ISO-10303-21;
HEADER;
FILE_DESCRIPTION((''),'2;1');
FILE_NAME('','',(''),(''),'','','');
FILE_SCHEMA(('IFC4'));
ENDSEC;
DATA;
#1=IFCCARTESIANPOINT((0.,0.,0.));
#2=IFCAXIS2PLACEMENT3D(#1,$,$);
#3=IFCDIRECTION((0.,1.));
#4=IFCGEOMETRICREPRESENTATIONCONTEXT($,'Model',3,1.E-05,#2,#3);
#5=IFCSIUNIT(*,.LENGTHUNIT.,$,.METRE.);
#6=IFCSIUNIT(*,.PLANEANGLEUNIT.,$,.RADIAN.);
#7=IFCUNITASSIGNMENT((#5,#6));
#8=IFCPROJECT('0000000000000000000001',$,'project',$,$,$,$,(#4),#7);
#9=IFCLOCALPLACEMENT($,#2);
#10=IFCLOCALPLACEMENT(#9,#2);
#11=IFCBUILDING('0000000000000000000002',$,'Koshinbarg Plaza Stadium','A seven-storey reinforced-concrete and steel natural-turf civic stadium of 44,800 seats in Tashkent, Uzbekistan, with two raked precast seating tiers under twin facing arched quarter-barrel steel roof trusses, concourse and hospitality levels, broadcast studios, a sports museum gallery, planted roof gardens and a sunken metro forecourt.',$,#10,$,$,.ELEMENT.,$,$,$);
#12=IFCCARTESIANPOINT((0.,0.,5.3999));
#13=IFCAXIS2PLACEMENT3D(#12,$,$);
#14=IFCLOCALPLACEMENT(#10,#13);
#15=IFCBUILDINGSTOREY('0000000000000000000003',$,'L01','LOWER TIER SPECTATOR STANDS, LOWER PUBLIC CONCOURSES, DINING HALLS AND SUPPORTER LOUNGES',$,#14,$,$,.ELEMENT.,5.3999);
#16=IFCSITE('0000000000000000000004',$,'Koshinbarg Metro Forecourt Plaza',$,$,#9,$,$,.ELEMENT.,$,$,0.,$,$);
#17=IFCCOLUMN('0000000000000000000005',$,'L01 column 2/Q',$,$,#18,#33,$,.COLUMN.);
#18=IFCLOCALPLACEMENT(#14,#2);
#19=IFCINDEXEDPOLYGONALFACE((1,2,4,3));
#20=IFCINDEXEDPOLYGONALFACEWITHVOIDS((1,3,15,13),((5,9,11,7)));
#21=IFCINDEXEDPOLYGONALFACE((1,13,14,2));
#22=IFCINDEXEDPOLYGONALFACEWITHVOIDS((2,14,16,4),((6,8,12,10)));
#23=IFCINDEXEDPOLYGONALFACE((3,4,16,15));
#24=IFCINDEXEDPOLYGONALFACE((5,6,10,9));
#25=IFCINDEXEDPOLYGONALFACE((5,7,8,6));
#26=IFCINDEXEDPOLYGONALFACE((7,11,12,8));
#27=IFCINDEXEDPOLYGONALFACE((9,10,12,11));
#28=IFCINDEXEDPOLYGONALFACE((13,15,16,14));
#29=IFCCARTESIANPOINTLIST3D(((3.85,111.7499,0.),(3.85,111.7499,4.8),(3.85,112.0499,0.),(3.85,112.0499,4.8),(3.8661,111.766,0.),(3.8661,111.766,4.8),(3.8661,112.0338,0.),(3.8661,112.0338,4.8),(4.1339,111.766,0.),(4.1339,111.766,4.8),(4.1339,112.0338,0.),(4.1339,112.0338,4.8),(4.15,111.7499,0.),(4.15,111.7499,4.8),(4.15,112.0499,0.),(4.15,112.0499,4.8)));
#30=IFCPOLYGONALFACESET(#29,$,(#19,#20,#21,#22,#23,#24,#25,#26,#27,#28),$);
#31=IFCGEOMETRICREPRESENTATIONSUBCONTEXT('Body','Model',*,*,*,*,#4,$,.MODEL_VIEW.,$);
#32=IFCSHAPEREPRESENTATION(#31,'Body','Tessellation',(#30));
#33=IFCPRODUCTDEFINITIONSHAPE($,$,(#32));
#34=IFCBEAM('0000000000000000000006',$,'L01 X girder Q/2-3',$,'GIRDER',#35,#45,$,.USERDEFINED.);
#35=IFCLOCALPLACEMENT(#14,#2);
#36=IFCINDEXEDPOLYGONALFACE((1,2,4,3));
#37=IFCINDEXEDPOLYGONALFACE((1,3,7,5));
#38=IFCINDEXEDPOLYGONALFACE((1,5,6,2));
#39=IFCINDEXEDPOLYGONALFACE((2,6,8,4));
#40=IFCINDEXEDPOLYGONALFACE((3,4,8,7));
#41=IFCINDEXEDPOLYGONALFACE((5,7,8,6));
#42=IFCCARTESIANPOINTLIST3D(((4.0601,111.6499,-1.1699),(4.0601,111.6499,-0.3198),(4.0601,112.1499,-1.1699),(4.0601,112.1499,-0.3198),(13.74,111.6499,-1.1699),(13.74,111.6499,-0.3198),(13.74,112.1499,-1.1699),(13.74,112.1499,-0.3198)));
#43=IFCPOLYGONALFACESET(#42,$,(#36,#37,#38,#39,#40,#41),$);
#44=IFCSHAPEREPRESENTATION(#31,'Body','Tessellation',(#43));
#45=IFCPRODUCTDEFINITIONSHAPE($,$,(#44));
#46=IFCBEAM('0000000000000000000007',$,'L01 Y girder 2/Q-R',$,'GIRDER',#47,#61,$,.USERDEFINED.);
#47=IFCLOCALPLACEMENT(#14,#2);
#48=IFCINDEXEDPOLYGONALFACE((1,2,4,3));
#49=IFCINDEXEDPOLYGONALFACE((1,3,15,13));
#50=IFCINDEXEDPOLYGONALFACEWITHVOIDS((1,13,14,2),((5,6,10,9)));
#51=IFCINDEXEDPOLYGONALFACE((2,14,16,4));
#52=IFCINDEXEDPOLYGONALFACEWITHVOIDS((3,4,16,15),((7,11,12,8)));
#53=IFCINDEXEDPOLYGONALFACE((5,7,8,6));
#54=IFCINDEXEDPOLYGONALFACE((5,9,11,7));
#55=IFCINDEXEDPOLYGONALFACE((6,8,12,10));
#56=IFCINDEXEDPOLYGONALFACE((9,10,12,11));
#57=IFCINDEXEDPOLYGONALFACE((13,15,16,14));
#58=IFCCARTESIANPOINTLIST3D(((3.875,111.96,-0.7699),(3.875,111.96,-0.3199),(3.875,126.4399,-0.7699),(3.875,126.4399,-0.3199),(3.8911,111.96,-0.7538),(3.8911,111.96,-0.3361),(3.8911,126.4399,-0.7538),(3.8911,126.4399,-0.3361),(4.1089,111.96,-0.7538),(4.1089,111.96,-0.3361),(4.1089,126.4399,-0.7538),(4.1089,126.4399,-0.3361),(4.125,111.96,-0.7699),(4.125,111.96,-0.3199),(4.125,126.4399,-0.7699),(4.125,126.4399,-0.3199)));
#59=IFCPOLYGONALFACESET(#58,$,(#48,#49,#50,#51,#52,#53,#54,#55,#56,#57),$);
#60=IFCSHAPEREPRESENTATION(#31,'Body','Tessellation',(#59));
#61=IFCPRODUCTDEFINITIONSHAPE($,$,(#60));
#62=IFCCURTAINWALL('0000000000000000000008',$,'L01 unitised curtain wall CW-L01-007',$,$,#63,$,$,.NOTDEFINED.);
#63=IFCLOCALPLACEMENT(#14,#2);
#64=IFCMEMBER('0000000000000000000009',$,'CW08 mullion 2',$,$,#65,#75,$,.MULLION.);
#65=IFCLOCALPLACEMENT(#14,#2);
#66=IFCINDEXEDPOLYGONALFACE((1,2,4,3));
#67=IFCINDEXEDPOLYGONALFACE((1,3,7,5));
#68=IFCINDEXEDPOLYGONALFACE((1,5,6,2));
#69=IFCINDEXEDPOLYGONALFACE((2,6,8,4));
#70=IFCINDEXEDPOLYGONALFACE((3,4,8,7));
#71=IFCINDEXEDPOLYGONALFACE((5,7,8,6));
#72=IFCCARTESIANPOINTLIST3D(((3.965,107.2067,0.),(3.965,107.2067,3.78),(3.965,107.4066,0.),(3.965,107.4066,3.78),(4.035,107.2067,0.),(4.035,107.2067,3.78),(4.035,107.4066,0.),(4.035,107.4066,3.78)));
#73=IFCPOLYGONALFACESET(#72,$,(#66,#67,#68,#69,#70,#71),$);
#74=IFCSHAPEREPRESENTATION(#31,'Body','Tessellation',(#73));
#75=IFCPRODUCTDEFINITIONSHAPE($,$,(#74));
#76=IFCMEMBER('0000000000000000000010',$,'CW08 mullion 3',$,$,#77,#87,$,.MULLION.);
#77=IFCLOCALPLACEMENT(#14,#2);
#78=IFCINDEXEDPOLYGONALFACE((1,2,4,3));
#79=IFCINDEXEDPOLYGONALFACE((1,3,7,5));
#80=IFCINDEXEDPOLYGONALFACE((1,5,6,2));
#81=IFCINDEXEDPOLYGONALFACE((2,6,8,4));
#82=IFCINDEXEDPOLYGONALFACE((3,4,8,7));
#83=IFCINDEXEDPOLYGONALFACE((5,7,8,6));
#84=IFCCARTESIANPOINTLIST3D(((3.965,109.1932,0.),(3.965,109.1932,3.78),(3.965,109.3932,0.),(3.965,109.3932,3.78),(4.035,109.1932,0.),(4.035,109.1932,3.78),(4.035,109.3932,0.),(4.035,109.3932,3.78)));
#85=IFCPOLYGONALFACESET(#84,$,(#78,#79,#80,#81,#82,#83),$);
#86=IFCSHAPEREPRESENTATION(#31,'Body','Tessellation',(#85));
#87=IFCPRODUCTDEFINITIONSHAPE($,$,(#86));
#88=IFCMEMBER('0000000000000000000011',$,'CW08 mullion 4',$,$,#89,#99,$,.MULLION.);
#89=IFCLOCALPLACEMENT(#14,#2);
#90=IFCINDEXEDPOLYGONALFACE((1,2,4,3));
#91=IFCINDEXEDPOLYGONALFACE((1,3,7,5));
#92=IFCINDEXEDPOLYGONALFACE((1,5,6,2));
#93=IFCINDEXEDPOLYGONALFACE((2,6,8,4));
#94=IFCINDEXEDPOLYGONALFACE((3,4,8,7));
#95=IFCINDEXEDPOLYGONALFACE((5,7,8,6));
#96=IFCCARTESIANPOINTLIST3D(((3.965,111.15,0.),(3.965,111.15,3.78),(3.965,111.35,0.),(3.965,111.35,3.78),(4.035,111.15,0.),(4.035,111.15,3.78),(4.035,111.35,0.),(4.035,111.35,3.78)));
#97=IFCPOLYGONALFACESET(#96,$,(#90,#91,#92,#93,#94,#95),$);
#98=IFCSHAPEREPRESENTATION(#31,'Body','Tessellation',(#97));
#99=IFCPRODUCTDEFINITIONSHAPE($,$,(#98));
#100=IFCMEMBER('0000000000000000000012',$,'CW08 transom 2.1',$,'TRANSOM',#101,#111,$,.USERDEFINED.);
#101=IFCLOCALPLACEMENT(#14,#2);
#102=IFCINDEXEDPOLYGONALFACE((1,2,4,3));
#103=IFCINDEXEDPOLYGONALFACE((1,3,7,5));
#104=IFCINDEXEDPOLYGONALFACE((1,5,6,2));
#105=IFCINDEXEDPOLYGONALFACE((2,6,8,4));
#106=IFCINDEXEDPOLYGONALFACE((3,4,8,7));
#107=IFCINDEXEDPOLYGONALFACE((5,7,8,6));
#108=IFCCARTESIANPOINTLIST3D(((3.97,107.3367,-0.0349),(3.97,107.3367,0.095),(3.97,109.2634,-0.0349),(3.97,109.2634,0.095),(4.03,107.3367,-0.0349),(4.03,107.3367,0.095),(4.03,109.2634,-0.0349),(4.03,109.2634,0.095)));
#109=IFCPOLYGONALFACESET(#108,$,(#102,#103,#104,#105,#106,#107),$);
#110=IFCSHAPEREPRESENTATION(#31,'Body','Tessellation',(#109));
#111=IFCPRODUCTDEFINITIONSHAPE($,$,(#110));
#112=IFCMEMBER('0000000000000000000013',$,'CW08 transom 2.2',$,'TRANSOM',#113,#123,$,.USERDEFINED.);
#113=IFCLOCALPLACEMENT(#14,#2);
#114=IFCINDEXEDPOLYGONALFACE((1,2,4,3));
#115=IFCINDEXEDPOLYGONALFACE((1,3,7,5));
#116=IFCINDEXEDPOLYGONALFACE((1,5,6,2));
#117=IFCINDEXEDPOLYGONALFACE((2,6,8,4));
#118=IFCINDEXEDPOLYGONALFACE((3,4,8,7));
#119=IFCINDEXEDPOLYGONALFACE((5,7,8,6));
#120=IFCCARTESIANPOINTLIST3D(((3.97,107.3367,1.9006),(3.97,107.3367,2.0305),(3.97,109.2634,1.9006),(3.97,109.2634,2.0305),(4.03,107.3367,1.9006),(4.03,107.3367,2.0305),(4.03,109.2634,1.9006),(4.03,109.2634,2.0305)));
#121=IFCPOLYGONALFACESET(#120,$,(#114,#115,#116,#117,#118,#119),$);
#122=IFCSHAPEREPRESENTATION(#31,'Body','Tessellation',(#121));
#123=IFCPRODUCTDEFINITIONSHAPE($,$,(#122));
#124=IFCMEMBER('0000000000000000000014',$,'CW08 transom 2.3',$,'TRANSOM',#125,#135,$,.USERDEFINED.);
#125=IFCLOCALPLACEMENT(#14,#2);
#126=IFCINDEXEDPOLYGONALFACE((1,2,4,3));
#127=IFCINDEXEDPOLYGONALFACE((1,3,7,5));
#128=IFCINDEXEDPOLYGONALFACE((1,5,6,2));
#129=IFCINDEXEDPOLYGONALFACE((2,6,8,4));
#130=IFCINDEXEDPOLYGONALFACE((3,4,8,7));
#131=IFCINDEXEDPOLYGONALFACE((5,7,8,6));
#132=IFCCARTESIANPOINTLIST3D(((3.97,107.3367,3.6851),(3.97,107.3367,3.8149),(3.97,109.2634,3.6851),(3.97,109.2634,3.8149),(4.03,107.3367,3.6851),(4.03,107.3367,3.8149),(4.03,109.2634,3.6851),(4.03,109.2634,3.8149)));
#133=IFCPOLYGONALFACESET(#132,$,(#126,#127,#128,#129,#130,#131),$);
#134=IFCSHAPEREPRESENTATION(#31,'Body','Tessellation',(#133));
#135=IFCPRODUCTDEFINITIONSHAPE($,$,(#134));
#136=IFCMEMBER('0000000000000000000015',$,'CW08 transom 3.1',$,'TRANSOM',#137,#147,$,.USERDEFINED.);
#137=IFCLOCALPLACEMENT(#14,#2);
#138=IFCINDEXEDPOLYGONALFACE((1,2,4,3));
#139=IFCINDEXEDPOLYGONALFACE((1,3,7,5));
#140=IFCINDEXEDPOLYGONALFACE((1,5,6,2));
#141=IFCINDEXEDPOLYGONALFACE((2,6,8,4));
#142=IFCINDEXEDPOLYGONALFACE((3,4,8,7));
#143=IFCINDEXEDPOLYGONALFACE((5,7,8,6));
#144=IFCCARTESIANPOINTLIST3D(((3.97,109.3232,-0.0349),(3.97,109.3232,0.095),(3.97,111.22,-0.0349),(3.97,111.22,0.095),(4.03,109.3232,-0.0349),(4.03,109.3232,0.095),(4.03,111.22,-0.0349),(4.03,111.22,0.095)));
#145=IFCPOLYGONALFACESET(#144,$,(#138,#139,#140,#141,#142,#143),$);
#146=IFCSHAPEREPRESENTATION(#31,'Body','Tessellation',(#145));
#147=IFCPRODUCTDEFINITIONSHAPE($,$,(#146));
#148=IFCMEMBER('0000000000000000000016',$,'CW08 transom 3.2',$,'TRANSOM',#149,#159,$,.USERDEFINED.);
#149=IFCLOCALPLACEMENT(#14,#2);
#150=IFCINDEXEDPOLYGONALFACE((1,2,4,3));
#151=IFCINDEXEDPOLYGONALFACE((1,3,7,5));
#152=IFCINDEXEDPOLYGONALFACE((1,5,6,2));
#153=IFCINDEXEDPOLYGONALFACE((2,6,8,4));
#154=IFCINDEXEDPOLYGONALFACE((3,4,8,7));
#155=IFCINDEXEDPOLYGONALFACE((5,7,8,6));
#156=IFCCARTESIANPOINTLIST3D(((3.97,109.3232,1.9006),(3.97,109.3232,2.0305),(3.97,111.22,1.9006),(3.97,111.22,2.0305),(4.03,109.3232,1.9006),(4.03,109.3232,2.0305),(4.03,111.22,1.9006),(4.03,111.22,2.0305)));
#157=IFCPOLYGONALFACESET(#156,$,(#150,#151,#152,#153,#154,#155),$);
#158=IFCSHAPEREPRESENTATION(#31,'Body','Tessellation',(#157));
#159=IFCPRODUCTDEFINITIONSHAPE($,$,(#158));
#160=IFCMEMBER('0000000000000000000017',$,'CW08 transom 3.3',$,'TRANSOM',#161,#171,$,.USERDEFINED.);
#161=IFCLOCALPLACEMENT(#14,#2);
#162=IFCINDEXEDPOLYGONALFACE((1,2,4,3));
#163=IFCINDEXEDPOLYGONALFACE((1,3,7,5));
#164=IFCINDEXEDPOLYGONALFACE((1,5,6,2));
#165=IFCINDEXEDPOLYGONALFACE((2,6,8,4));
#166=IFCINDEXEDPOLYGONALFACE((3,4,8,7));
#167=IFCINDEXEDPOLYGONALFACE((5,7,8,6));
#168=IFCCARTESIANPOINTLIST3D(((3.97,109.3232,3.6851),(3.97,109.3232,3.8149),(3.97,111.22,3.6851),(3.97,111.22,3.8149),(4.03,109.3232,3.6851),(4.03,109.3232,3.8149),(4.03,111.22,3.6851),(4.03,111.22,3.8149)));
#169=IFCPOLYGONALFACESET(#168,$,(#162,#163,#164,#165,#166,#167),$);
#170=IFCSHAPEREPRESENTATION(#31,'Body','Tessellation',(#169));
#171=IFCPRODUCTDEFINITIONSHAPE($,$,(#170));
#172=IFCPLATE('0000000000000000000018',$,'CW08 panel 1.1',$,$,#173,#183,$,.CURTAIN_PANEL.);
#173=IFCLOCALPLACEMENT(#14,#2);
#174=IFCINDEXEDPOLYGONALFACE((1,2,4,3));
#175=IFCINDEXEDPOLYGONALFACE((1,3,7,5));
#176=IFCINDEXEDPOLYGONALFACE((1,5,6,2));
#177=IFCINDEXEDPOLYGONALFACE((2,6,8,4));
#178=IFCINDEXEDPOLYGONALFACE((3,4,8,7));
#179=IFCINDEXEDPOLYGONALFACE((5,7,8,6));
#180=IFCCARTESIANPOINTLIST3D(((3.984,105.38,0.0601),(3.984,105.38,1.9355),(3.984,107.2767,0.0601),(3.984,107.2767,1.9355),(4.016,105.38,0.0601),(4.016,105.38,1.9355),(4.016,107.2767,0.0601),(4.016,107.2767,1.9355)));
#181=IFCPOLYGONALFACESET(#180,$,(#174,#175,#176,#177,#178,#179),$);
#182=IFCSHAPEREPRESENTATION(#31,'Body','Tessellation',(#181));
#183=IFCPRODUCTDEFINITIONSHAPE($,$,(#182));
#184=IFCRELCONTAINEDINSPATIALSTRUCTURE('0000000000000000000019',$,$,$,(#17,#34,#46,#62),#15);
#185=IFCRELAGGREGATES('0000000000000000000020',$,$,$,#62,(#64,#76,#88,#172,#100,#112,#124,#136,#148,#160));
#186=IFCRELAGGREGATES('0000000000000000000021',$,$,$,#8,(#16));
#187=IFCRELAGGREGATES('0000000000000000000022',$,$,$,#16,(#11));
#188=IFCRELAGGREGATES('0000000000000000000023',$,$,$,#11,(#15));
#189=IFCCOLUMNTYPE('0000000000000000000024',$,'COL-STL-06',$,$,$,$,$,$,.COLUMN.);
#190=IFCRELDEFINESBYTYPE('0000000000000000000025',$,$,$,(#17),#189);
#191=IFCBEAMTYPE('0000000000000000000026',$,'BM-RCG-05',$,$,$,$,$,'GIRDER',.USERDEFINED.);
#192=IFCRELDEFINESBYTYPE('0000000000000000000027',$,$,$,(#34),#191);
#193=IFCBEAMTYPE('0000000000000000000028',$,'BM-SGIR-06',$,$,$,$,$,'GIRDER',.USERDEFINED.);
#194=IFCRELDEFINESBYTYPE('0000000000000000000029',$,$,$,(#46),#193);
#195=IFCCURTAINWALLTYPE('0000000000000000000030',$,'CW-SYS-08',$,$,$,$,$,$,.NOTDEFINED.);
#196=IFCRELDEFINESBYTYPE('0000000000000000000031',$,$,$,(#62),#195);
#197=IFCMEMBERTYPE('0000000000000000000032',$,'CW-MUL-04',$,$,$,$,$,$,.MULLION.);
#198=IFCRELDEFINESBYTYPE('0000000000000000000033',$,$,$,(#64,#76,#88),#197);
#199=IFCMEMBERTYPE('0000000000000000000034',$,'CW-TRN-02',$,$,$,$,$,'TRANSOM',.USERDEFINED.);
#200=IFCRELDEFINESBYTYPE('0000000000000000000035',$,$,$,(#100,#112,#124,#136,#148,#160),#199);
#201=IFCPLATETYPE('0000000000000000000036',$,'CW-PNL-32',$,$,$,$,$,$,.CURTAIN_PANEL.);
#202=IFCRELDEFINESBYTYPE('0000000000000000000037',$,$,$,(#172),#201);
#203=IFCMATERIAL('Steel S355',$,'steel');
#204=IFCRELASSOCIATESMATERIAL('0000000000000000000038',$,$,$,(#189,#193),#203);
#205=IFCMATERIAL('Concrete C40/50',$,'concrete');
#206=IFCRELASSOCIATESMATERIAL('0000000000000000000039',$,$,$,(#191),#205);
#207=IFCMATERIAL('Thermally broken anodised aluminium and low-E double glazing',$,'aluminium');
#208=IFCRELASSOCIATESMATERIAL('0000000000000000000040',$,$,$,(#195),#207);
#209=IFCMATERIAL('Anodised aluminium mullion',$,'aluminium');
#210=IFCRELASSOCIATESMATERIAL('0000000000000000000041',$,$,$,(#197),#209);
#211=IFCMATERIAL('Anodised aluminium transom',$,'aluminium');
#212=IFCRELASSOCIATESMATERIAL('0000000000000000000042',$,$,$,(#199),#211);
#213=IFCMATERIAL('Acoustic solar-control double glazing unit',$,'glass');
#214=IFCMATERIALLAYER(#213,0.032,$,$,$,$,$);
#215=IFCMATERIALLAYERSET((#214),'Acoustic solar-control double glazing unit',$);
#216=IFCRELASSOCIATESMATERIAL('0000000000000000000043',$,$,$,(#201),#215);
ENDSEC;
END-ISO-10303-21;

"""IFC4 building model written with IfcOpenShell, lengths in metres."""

from ifc_helpers import new_model, si_unit, direction, frame, origin, origin_2d, place, context, subcontext, project, spatial, rectangle, hollow_rectangle, extrude, material, layer, layer_set, material_profile, profile_set, type_object, element, aggregate, save


model = new_model("IFC4")

# Units and contexts
model_context = context("Model", 3, precision=1e-05, world=origin(), true_north=direction((0.0, 1.0)))
body_context = subcontext(model_context, "Body", "Model", "MODEL_VIEW")
ifc_project = project(units=[si_unit("LENGTHUNIT", "METRE"), si_unit("PLANEANGLEUNIT", "RADIAN")], contexts=[model_context])

# Site, building, storey
site_placement = place(None, origin())
site = spatial("IfcSite", under=ifc_project, at=site_placement, Name="Koshinbarg Metro Forecourt Plaza", CompositionType="ELEMENT", RefElevation=0.0)
building_placement = place(site_placement, origin())
building = spatial("IfcBuilding", under=site, at=building_placement, Name="Koshinbarg Plaza Stadium", Description="A seven-storey reinforced-concrete and steel natural-turf civic stadium of 44,800 seats in Tashkent, Uzbekistan, with two raked precast seating tiers under twin facing arched quarter-barrel steel roof trusses, concourse and hospitality levels, broadcast studios, a sports museum gallery, planted roof gardens and a sunken metro forecourt.", CompositionType="ELEMENT")
storey_placement = place(building_placement, frame((0.0, 0.0, 5.3999)))
storey = spatial("IfcBuildingStorey", under=building, at=storey_placement, Name="L01", Description="LOWER TIER SPECTATOR STANDS, LOWER PUBLIC CONCOURSES, DINING HALLS AND SUPPORTER LOUNGES", CompositionType="ELEMENT", Elevation=5.3999)

# Column
ifc_material_1 = material(Name="Steel S355", Category="steel")
ifc_material_profile_1 = material_profile(ifc_material_1, hollow_rectangle(XDim=0.3, YDim=0.3, WallThickness=0.0161, at=origin_2d()), Name="SHS 300x300x16")
ifc_profile_set_1 = profile_set([ifc_material_profile_1], Name="Steel S355")
column_type = type_object("IfcColumnType", Name="COL-STL-06", PredefinedType="COLUMN", material=ifc_profile_set_1)
column_placement = place(storey_placement, frame((4.0, 111.8999, 0.0), z_axis=(0.0, 0.0, 1.0), x_axis=(1.0, 0.0, 0.0)))
element("IfcColumn", 1, at=column_placement, inside=storey, type_object=column_type, Name="L01 column 2/Q", PredefinedType="COLUMN", context=body_context, shape_type="SweptSolid", body=[
    extrude(hollow_rectangle(XDim=0.3, YDim=0.3, WallThickness=0.0161, at=origin_2d()), origin(), (0.0, 0.0, 1.0), 4.8),
])

# Beams
ifc_material_2 = material(Name="Concrete C40/50", Category="concrete")
ifc_material_profile_2 = material_profile(ifc_material_2, rectangle(XDim=0.5, YDim=0.8501, at=origin_2d()), Name="RC 500x850")
ifc_profile_set_2 = profile_set([ifc_material_profile_2], Name="Concrete C40/50")
beam_type_1 = type_object("IfcBeamType", Name="BM-RCG-05", ElementType="GIRDER", PredefinedType="USERDEFINED", material=ifc_profile_set_2)
beam_1_placement = place(storey_placement, frame((4.0601, 111.8999, -0.7449), z_axis=(1.0, 0.0, 0.0), x_axis=(0.0, 1.0, 0.0)))
element("IfcBeam", 2, at=beam_1_placement, inside=storey, type_object=beam_type_1, Name="L01 X girder Q/2-3", ObjectType="GIRDER", PredefinedType="USERDEFINED", context=body_context, shape_type="SweptSolid", body=[
    extrude(rectangle(XDim=0.5, YDim=0.8501, at=origin_2d()), origin(), (0.0, 0.0, 1.0), 9.6799),
])
ifc_material_profile_3 = material_profile(ifc_material_1, hollow_rectangle(XDim=0.25, YDim=0.45, WallThickness=0.0161, at=origin_2d()), Name="RHS 450x250x16")
ifc_profile_set_3 = profile_set([ifc_material_profile_3], Name="Steel S355")
beam_type_2 = type_object("IfcBeamType", Name="BM-SGIR-06", ElementType="GIRDER", PredefinedType="USERDEFINED", material=ifc_profile_set_3)
beam_2_placement = place(storey_placement, frame((4.0, 111.96, -0.5449), z_axis=(0.0, 1.0, 0.0), x_axis=(-1.0, 0.0, 0.0)))
element("IfcBeam", 3, at=beam_2_placement, inside=storey, type_object=beam_type_2, Name="L01 Y girder 2/Q-R", ObjectType="GIRDER", PredefinedType="USERDEFINED", context=body_context, shape_type="SweptSolid", body=[
    extrude(hollow_rectangle(XDim=0.25, YDim=0.45, WallThickness=0.0161, at=origin_2d()), origin(), (0.0, 0.0, 1.0), 14.48),
])

# Curtain wall, members, plate
ifc_material_3 = material(Name="Thermally broken anodised aluminium and low-E double glazing", Category="aluminium")
curtain_wall_type = type_object("IfcCurtainWallType", Name="CW-SYS-08", PredefinedType="NOTDEFINED", material=ifc_material_3)
curtain_wall_placement = place(storey_placement, origin())
curtain_wall = element("IfcCurtainWall", 4, at=curtain_wall_placement, inside=storey, type_object=curtain_wall_type, Name="L01 unitised curtain wall CW-L01-007", PredefinedType="NOTDEFINED")
ifc_material_4 = material(Name="Anodised aluminium mullion", Category="aluminium")
ifc_material_profile_4 = material_profile(ifc_material_4, rectangle(XDim=0.0701, YDim=0.2, at=origin_2d()), Name="ALU 70x200")
ifc_profile_set_4 = profile_set([ifc_material_profile_4], Name="Anodised aluminium mullion")
member_type_1 = type_object("IfcMemberType", Name="CW-MUL-04", PredefinedType="MULLION", material=ifc_profile_set_4)
member_1_placement = place(storey_placement, frame((4.0, 107.3066, 0.0), z_axis=(0.0, 0.0, 1.0), x_axis=(-1.0, 0.0, 0.0)))
member_1 = element("IfcMember", 5, at=member_1_placement, type_object=member_type_1, Name="CW08 mullion 2", PredefinedType="MULLION", context=body_context, shape_type="SweptSolid", body=[
    extrude(rectangle(XDim=0.0701, YDim=0.2, at=origin_2d()), origin(), (0.0, 0.0, 1.0), 3.78),
])
member_2_placement = place(storey_placement, frame((4.0, 109.2932, 0.0), z_axis=(0.0, 0.0, 1.0), x_axis=(-1.0, 0.0, 0.0)))
member_2 = element("IfcMember", 6, at=member_2_placement, type_object=member_type_1, Name="CW08 mullion 3", PredefinedType="MULLION", context=body_context, shape_type="SweptSolid", body=[
    extrude(rectangle(XDim=0.0701, YDim=0.2, at=origin_2d()), origin(), (0.0, 0.0, 1.0), 3.78),
])
member_3_placement = place(storey_placement, frame((4.0, 111.25, 0.0), z_axis=(0.0, 0.0, 1.0), x_axis=(-1.0, 0.0, 0.0)))
member_3 = element("IfcMember", 7, at=member_3_placement, type_object=member_type_1, Name="CW08 mullion 4", PredefinedType="MULLION", context=body_context, shape_type="SweptSolid", body=[
    extrude(rectangle(XDim=0.0701, YDim=0.2, at=origin_2d()), origin(), (0.0, 0.0, 1.0), 3.78),
])
ifc_material_5 = material(Name="Anodised aluminium transom", Category="aluminium")
ifc_material_profile_5 = material_profile(ifc_material_5, rectangle(XDim=0.0601, YDim=0.1299, at=origin_2d()), Name="ALU 60x130")
ifc_profile_set_5 = profile_set([ifc_material_profile_5], Name="Anodised aluminium transom")
member_type_2 = type_object("IfcMemberType", Name="CW-TRN-02", ElementType="TRANSOM", PredefinedType="USERDEFINED", material=ifc_profile_set_5)
member_4_placement = place(storey_placement, frame((4.0, 107.3367, 0.03), z_axis=(0.0, 1.0, 0.0), x_axis=(-1.0, 0.0, 0.0)))
member_4 = element("IfcMember", 8, at=member_4_placement, type_object=member_type_2, Name="CW08 transom 2.1", ObjectType="TRANSOM", PredefinedType="USERDEFINED", context=body_context, shape_type="SweptSolid", body=[
    extrude(rectangle(XDim=0.0601, YDim=0.1299, at=origin_2d()), origin(), (0.0, 0.0, 1.0), 1.9268),
])
member_5_placement = place(storey_placement, frame((4.0, 107.3367, 1.9656), z_axis=(0.0, 1.0, 0.0), x_axis=(-1.0, 0.0, 0.0)))
member_5 = element("IfcMember", 9, at=member_5_placement, type_object=member_type_2, Name="CW08 transom 2.2", ObjectType="TRANSOM", PredefinedType="USERDEFINED", context=body_context, shape_type="SweptSolid", body=[
    extrude(rectangle(XDim=0.0601, YDim=0.1299, at=origin_2d()), origin(), (0.0, 0.0, 1.0), 1.9268),
])
member_6_placement = place(storey_placement, frame((4.0, 107.3367, 3.75), z_axis=(0.0, 1.0, 0.0), x_axis=(-1.0, 0.0, 0.0)))
member_6 = element("IfcMember", 10, at=member_6_placement, type_object=member_type_2, Name="CW08 transom 2.3", ObjectType="TRANSOM", PredefinedType="USERDEFINED", context=body_context, shape_type="SweptSolid", body=[
    extrude(rectangle(XDim=0.0601, YDim=0.1299, at=origin_2d()), origin(), (0.0, 0.0, 1.0), 1.9268),
])
member_7_placement = place(storey_placement, frame((4.0, 109.3232, 0.03), z_axis=(0.0, 1.0, 0.0), x_axis=(-1.0, 0.0, 0.0)))
member_7 = element("IfcMember", 11, at=member_7_placement, type_object=member_type_2, Name="CW08 transom 3.1", ObjectType="TRANSOM", PredefinedType="USERDEFINED", context=body_context, shape_type="SweptSolid", body=[
    extrude(rectangle(XDim=0.0601, YDim=0.1299, at=origin_2d()), origin(), (0.0, 0.0, 1.0), 1.8967),
])
member_8_placement = place(storey_placement, frame((4.0, 109.3232, 1.9656), z_axis=(0.0, 1.0, 0.0), x_axis=(-1.0, 0.0, 0.0)))
member_8 = element("IfcMember", 12, at=member_8_placement, type_object=member_type_2, Name="CW08 transom 3.2", ObjectType="TRANSOM", PredefinedType="USERDEFINED", context=body_context, shape_type="SweptSolid", body=[
    extrude(rectangle(XDim=0.0601, YDim=0.1299, at=origin_2d()), origin(), (0.0, 0.0, 1.0), 1.8967),
])
member_9_placement = place(storey_placement, frame((4.0, 109.3232, 3.75), z_axis=(0.0, 1.0, 0.0), x_axis=(-1.0, 0.0, 0.0)))
member_9 = element("IfcMember", 13, at=member_9_placement, type_object=member_type_2, Name="CW08 transom 3.3", ObjectType="TRANSOM", PredefinedType="USERDEFINED", context=body_context, shape_type="SweptSolid", body=[
    extrude(rectangle(XDim=0.0601, YDim=0.1299, at=origin_2d()), origin(), (0.0, 0.0, 1.0), 1.8967),
])
ifc_material_6 = material(Name="Acoustic solar-control double glazing unit", Category="glass")
ifc_layer_1 = layer(ifc_material_6, 0.032)
ifc_layer_set_1 = layer_set([ifc_layer_1], Name="Acoustic solar-control double glazing unit")
plate_type = type_object("IfcPlateType", Name="CW-PNL-32", PredefinedType="CURTAIN_PANEL", material=ifc_layer_set_1)
plate_1_placement = place(storey_placement, frame((4.0, 106.3284, 0.0601), z_axis=(0.0, 0.0, 1.0), x_axis=(0.0, 1.0, 0.0)))
plate_1 = element("IfcPlate", 14, at=plate_1_placement, type_object=plate_type, Name="CW08 panel 1.1", PredefinedType="CURTAIN_PANEL", context=body_context, shape_type="SweptSolid", body=[
    extrude(rectangle(XDim=1.8967, YDim=0.032, at=origin_2d()), origin(), (0.0, 0.0, 1.0), 1.8755),
])
aggregate(curtain_wall, [member_1, member_2, member_3, plate_1, member_4, member_5, member_6, member_7, member_8, member_9])

save(model, "model.ifc")
